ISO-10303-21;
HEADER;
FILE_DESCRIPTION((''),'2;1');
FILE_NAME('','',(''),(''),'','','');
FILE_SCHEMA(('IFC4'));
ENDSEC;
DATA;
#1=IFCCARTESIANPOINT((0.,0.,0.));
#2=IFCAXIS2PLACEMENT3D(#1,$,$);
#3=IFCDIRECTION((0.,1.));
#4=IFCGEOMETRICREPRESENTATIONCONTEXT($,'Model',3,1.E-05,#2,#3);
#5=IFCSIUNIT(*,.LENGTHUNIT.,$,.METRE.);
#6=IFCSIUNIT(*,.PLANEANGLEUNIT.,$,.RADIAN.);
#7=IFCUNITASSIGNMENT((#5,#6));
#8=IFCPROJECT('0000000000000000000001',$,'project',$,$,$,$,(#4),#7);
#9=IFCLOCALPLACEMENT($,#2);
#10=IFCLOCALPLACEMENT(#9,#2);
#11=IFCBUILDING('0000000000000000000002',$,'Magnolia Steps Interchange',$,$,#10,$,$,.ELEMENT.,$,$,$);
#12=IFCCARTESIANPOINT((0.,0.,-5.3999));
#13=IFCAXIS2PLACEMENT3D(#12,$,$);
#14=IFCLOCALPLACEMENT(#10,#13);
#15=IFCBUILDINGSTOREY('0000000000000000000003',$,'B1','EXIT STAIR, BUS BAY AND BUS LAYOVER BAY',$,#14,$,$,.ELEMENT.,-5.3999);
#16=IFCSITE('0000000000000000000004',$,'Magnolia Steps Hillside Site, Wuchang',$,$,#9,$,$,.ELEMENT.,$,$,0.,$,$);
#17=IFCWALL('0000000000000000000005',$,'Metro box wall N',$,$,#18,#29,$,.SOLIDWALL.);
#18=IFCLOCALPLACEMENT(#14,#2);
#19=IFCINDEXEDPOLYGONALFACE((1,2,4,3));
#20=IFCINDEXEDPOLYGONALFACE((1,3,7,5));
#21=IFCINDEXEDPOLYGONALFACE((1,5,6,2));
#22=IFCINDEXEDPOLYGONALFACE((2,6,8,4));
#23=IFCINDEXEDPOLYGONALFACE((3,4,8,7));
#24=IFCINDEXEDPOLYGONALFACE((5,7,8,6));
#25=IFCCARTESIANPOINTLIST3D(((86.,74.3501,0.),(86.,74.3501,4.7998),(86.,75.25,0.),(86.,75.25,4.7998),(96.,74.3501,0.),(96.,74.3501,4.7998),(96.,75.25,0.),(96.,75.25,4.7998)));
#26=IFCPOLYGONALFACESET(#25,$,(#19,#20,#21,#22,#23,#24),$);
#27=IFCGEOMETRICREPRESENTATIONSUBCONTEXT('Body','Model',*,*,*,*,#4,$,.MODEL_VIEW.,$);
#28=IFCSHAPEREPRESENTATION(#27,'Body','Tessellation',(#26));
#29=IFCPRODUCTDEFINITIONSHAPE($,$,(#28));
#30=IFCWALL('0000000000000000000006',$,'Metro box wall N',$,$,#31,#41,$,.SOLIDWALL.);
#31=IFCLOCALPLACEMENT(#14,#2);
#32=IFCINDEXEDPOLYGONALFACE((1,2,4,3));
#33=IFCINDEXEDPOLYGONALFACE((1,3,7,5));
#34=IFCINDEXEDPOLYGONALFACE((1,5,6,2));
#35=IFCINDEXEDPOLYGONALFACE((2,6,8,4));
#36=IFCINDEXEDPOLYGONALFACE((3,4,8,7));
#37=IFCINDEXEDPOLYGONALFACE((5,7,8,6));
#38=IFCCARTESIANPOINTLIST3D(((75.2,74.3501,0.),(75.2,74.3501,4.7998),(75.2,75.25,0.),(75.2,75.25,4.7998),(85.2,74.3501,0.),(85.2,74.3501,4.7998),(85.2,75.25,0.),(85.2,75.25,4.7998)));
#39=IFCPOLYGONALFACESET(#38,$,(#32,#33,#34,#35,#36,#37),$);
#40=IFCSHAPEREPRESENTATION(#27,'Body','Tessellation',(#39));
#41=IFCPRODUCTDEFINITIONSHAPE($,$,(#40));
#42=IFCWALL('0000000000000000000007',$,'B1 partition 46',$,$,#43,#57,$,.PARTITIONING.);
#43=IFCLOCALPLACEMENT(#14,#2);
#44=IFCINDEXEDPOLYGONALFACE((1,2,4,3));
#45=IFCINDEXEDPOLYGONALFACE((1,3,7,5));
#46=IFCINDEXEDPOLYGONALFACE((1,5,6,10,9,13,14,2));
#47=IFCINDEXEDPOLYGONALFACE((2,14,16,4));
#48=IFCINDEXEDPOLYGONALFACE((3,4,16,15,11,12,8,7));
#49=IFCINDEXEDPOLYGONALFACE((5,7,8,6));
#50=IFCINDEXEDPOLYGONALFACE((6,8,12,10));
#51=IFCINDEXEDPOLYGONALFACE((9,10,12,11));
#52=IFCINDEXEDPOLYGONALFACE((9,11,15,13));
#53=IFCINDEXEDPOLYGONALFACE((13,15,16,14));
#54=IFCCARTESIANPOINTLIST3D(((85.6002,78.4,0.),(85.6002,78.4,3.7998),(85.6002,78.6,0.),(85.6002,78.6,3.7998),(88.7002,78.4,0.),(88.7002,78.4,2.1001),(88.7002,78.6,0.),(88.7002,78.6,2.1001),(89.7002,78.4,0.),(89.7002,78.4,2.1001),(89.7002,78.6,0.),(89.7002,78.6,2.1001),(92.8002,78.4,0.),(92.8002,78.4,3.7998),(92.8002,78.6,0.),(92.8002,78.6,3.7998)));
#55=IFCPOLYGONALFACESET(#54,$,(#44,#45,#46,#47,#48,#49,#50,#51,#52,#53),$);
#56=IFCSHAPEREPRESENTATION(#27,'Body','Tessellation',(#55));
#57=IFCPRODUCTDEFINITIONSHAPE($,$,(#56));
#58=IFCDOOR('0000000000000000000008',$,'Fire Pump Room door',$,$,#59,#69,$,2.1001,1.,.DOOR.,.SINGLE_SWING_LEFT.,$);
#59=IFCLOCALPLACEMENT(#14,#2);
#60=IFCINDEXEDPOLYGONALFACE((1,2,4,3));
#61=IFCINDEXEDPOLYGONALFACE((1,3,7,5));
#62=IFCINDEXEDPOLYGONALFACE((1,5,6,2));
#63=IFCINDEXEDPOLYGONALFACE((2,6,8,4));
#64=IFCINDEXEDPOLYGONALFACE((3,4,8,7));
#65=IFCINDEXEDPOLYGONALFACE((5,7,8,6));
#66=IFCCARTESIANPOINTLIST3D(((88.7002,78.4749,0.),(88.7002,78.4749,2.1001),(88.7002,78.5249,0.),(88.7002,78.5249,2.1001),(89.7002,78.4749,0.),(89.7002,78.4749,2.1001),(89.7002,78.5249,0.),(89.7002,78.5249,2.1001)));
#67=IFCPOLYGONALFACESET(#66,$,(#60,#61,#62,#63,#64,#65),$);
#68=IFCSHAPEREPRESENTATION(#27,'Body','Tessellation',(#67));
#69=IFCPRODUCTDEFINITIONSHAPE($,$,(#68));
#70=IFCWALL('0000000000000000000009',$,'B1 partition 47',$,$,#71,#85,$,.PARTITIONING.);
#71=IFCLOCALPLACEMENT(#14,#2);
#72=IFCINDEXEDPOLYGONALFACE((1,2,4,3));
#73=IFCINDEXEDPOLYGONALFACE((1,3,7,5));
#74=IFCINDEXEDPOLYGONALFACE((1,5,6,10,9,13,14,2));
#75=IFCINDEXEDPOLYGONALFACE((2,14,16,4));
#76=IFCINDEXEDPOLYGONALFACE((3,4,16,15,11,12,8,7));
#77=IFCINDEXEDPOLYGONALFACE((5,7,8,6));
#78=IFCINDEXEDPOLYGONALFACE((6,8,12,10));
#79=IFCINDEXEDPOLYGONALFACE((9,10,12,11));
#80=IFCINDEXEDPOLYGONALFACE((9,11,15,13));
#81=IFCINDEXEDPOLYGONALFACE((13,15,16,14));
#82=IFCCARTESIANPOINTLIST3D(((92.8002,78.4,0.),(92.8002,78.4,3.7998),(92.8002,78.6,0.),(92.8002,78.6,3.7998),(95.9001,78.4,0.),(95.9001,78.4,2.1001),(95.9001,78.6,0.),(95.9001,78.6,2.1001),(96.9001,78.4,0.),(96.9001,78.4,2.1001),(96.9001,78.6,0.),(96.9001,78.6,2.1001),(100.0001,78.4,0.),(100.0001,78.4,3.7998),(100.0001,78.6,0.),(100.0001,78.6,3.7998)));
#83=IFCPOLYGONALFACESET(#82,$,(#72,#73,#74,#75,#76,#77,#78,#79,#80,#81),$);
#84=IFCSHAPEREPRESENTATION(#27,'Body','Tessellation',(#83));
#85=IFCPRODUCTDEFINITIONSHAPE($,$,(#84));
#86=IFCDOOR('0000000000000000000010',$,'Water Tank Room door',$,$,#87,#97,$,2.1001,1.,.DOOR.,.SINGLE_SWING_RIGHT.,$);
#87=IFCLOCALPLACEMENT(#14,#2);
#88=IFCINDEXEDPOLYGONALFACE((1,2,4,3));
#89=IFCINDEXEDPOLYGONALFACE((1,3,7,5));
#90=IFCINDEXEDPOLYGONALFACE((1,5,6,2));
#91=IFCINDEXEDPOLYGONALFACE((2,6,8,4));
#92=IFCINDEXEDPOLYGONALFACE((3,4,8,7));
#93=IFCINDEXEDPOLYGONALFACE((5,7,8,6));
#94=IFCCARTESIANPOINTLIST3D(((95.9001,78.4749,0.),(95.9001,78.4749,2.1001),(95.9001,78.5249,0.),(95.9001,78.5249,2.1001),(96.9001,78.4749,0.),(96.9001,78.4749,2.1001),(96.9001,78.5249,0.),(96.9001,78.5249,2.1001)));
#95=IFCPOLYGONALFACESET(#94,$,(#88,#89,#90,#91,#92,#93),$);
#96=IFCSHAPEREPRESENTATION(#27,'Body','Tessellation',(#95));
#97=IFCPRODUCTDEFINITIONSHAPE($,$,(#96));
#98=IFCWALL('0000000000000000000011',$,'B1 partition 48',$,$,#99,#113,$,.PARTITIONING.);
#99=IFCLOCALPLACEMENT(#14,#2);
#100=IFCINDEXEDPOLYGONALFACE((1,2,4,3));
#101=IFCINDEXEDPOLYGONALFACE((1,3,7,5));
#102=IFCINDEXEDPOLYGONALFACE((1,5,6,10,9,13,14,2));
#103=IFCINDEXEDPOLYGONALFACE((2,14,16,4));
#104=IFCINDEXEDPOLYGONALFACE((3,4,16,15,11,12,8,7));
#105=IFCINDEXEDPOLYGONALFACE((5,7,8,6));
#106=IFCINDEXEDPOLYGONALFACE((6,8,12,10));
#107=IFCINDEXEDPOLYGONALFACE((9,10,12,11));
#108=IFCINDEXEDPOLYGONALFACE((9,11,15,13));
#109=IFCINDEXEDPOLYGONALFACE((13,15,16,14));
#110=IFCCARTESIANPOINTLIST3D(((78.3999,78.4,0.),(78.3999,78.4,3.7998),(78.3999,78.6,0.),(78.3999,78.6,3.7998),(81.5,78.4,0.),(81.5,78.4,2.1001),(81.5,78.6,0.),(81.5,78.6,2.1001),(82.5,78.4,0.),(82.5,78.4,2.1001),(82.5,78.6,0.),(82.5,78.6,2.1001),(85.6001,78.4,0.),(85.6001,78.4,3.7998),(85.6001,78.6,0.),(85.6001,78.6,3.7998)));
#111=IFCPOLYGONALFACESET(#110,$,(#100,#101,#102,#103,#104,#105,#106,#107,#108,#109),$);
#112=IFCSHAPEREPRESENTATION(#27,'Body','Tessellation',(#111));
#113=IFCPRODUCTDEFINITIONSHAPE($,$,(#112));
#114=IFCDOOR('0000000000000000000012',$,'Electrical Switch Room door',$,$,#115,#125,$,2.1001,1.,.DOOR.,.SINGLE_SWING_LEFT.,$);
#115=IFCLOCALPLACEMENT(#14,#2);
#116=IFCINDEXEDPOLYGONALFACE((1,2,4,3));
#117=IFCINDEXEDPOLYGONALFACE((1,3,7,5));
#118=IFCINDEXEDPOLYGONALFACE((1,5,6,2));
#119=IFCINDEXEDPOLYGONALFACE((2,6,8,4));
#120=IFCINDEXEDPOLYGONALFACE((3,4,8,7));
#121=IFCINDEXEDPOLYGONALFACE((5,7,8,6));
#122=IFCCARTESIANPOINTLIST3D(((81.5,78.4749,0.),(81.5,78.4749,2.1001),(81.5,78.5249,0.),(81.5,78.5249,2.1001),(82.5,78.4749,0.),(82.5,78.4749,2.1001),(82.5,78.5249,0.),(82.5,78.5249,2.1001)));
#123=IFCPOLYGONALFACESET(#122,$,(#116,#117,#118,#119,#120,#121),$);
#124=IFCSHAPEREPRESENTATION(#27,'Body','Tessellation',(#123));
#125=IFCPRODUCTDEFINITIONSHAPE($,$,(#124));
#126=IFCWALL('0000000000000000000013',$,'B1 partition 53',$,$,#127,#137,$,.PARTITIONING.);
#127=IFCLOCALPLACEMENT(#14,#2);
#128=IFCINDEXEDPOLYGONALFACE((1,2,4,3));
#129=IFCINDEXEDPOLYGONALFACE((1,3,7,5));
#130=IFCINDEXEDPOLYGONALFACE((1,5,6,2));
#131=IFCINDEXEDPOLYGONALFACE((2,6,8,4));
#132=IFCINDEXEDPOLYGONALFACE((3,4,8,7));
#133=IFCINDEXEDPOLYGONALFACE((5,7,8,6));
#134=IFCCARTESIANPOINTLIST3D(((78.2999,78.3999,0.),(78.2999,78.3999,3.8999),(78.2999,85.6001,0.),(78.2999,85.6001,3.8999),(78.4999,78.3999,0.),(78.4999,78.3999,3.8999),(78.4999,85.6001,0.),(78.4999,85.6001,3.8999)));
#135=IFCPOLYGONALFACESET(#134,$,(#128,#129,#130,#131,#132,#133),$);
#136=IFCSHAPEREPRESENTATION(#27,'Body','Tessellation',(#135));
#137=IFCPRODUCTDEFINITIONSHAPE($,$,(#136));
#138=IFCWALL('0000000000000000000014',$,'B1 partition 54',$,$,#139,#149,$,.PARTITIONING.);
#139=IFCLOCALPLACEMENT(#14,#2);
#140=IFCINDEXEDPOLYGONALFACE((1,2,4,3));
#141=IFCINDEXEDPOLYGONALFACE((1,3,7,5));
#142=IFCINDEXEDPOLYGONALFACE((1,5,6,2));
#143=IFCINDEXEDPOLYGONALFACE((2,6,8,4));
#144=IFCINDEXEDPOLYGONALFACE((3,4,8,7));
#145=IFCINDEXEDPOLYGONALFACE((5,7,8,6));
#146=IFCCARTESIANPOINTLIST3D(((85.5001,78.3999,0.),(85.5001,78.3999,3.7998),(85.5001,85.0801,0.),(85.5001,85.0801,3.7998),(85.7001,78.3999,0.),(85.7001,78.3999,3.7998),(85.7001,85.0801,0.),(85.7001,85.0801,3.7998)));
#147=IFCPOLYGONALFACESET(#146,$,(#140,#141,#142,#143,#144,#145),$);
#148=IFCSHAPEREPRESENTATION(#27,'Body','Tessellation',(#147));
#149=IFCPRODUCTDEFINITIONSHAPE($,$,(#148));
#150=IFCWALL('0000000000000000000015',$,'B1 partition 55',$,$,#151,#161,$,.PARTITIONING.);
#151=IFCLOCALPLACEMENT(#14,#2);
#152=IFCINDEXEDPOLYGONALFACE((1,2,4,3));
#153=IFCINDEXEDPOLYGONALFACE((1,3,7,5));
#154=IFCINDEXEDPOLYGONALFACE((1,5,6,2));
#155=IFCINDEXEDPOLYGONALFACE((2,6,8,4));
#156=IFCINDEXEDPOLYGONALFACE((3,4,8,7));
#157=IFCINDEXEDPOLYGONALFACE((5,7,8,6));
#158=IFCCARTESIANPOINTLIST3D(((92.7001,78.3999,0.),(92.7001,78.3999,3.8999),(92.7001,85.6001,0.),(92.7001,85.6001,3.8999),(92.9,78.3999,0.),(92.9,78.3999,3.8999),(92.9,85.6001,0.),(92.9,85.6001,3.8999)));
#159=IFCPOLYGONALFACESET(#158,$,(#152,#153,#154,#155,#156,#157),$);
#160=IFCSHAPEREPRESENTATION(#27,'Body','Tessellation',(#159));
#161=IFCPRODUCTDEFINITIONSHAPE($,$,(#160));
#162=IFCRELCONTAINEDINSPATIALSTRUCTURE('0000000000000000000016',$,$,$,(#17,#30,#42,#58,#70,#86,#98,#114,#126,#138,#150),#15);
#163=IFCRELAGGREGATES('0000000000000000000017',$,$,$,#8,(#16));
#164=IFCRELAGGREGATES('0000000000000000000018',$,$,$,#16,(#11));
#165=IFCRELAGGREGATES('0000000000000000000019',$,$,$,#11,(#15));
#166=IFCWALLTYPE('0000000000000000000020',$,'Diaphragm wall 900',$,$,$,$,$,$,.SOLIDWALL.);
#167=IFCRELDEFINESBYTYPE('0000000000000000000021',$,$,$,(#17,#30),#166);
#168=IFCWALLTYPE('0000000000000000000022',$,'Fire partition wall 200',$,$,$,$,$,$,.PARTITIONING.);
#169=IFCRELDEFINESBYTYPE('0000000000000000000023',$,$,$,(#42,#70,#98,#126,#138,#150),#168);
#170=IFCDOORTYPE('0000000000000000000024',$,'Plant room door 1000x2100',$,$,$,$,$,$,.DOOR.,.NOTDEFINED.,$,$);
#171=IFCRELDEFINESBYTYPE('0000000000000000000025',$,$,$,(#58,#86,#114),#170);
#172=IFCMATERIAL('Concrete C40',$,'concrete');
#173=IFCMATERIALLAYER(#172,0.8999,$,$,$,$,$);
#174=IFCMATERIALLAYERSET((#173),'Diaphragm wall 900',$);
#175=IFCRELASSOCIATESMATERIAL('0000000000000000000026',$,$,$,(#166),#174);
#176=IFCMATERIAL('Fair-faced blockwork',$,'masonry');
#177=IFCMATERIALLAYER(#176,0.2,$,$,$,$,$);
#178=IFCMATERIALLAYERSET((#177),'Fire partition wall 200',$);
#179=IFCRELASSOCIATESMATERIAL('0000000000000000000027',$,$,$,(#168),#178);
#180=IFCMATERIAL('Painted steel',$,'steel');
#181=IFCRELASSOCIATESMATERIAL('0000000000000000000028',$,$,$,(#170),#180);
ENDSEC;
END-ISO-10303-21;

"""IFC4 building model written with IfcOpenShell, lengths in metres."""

from ifc_helpers import new_model, si_unit, direction, frame, frame_2d, origin, place, context, subcontext, project, spatial, rectangle, extrude, material, layer, layer_set, type_object, element, fill, save


model = new_model("IFC4")

# Units and contexts
model_context = context("Model", 3, precision=1e-05, world=origin(), true_north=direction((0.0, 1.0)))
body_context = subcontext(model_context, "Body", "Model", "MODEL_VIEW")
ifc_project = project(units=[si_unit("LENGTHUNIT", "METRE"), si_unit("PLANEANGLEUNIT", "RADIAN")], contexts=[model_context])

# Site, building, storey
site_placement = place(None, origin())
site = spatial("IfcSite", under=ifc_project, at=site_placement, Name="Magnolia Steps Hillside Site, Wuchang", CompositionType="ELEMENT", RefElevation=0.0)
building_placement = place(site_placement, origin())
building = spatial("IfcBuilding", under=site, at=building_placement, Name="Magnolia Steps Interchange", CompositionType="ELEMENT")
storey_placement = place(building_placement, frame((0.0, 0.0, -5.3999)))
storey = spatial("IfcBuildingStorey", under=building, at=storey_placement, Name="B1", Description="EXIT STAIR, BUS BAY AND BUS LAYOVER BAY", CompositionType="ELEMENT", Elevation=-5.3999)

# Walls
ifc_material_1 = material(Name="Concrete C40", Category="concrete")
ifc_layer_1 = layer(ifc_material_1, 0.8999)
ifc_layer_set_1 = layer_set([ifc_layer_1], Name="Diaphragm wall 900")
wall_type_1 = type_object("IfcWallType", Name="Diaphragm wall 900", PredefinedType="SOLIDWALL", material=ifc_layer_set_1)
for number, where, z_axis, x_axis, name in (
    (1, (96.0, 74.8, 0.0), (0.0, 0.0, 1.0), (-1.0, 0.0, 0.0), "Metro box wall N"),
    (2, (85.2, 74.8, 0.0), (0.0, 0.0, 1.0), (-1.0, 0.0, 0.0), "Metro box wall N"),
):
    element("IfcWall", number, at=place(storey_placement, frame(where, z_axis=z_axis, x_axis=x_axis)), inside=storey, type_object=wall_type_1, Name=name, PredefinedType="SOLIDWALL", context=body_context, shape_type="SweptSolid", body=[
        extrude(rectangle(XDim=10.0, YDim=0.8999, at=frame_2d((5.0, 0.0))), origin(), (0.0, 0.0, 1.0), 4.7998),
    ])

# Walls, openings, doors
ifc_material_2 = material(Name="Fair-faced blockwork", Category="masonry")
ifc_layer_2 = layer(ifc_material_2, 0.2)
ifc_layer_set_2 = layer_set([ifc_layer_2], Name="Fire partition wall 200")
wall_type_2 = type_object("IfcWallType", Name="Fire partition wall 200", PredefinedType="PARTITIONING", material=ifc_layer_set_2)
wall_1_placement = place(storey_placement, frame((85.6001, 78.5, 0.0), z_axis=(0.0, 0.0, 1.0), x_axis=(1.0, 0.0, 0.0)))
wall_1 = element("IfcWall", 3, at=wall_1_placement, inside=storey, type_object=wall_type_2, Name="B1 partition 46", PredefinedType="PARTITIONING", context=body_context, shape_type="SweptSolid", body=[
    extrude(rectangle(XDim=7.2, YDim=0.2, at=frame_2d((3.6001, 0.0))), origin(), (0.0, 0.0, 1.0), 3.7998),
])
opening_1_placement = place(wall_1_placement, frame((3.1001, 0.0, 0.0)))
opening_1 = element("IfcOpeningElement", 4, at=opening_1_placement, cuts=wall_1, PredefinedType="OPENING", context=body_context, shape_type="SweptSolid", body=[
    extrude(rectangle(XDim=1.0, YDim=2.1001, at=frame_2d((0.5, 1.05))), frame((0.0, 0.1099, 0.0), z_axis=(0.0, -1.0, 0.0), x_axis=(1.0, 0.0, 0.0)), (0.0, 0.0, 1.0), 0.22),
])
ifc_material_3 = material(Name="Painted steel", Category="steel")
door_type = type_object("IfcDoorType", Name="Plant room door 1000x2100", OperationType="NOTDEFINED", PredefinedType="DOOR", material=ifc_material_3)
door_1_placement = place(opening_1_placement, origin())
door_1 = element("IfcDoor", 5, at=door_1_placement, inside=storey, type_object=door_type, Name="Fire Pump Room door", OperationType="SINGLE_SWING_LEFT", OverallHeight=2.1001, OverallWidth=1.0, PredefinedType="DOOR", context=body_context, shape_type="SweptSolid", body=[
    extrude(rectangle(XDim=1.0, YDim=2.1001, at=frame_2d((0.5, 1.05))), frame((0.0, 0.0249, 0.0), z_axis=(0.0, -1.0, 0.0), x_axis=(1.0, 0.0, 0.0)), (0.0, 0.0, 1.0), 0.05),
])
fill(opening_1, door_1)
wall_2_placement = place(storey_placement, frame((92.8, 78.5, 0.0), z_axis=(0.0, 0.0, 1.0), x_axis=(1.0, 0.0, 0.0)))
wall_2 = element("IfcWall", 6, at=wall_2_placement, inside=storey, type_object=wall_type_2, Name="B1 partition 47", PredefinedType="PARTITIONING", context=body_context, shape_type="SweptSolid", body=[
    extrude(rectangle(XDim=7.2, YDim=0.2, at=frame_2d((3.6001, 0.0))), origin(), (0.0, 0.0, 1.0), 3.7998),
])
opening_2_placement = place(wall_2_placement, frame((3.1001, 0.0, 0.0)))
opening_2 = element("IfcOpeningElement", 7, at=opening_2_placement, cuts=wall_2, PredefinedType="OPENING", context=body_context, shape_type="SweptSolid", body=[
    extrude(rectangle(XDim=1.0, YDim=2.1001, at=frame_2d((0.5, 1.05))), frame((0.0, 0.1099, 0.0), z_axis=(0.0, -1.0, 0.0), x_axis=(1.0, 0.0, 0.0)), (0.0, 0.0, 1.0), 0.22),
])
door_2_placement = place(opening_2_placement, origin())
door_2 = element("IfcDoor", 8, at=door_2_placement, inside=storey, type_object=door_type, Name="Water Tank Room door", OperationType="SINGLE_SWING_RIGHT", OverallHeight=2.1001, OverallWidth=1.0, PredefinedType="DOOR", context=body_context, shape_type="SweptSolid", body=[
    extrude(rectangle(XDim=1.0, YDim=2.1001, at=frame_2d((0.5, 1.05))), frame((0.0, 0.0249, 0.0), z_axis=(0.0, -1.0, 0.0), x_axis=(1.0, 0.0, 0.0)), (0.0, 0.0, 1.0), 0.05),
])
fill(opening_2, door_2)
wall_3_placement = place(storey_placement, frame((78.3999, 78.5, 0.0), z_axis=(0.0, 0.0, 1.0), x_axis=(1.0, 0.0, 0.0)))
wall_3 = element("IfcWall", 9, at=wall_3_placement, inside=storey, type_object=wall_type_2, Name="B1 partition 48", PredefinedType="PARTITIONING", context=body_context, shape_type="SweptSolid", body=[
    extrude(rectangle(XDim=7.2002, YDim=0.2, at=frame_2d((3.6001, 0.0))), origin(), (0.0, 0.0, 1.0), 3.7998),
])
opening_3_placement = place(wall_3_placement, frame((3.1001, 0.0, 0.0)))
opening_3 = element("IfcOpeningElement", 10, at=opening_3_placement, cuts=wall_3, PredefinedType="OPENING", context=body_context, shape_type="SweptSolid", body=[
    extrude(rectangle(XDim=1.0, YDim=2.1001, at=frame_2d((0.5, 1.05))), frame((0.0, 0.1099, 0.0), z_axis=(0.0, -1.0, 0.0), x_axis=(1.0, 0.0, 0.0)), (0.0, 0.0, 1.0), 0.22),
])
door_3_placement = place(opening_3_placement, origin())
door_3 = element("IfcDoor", 11, at=door_3_placement, inside=storey, type_object=door_type, Name="Electrical Switch Room door", OperationType="SINGLE_SWING_LEFT", OverallHeight=2.1001, OverallWidth=1.0, PredefinedType="DOOR", context=body_context, shape_type="SweptSolid", body=[
    extrude(rectangle(XDim=1.0, YDim=2.1001, at=frame_2d((0.5, 1.05))), frame((0.0, 0.0249, 0.0), z_axis=(0.0, -1.0, 0.0), x_axis=(1.0, 0.0, 0.0)), (0.0, 0.0, 1.0), 0.05),
])
fill(opening_3, door_3)

# Walls
wall_4_placement = place(storey_placement, frame((78.3999, 78.3999, 0.0), z_axis=(0.0, 0.0, 1.0), x_axis=(0.0, 1.0, 0.0)))
element("IfcWall", 12, at=wall_4_placement, inside=storey, type_object=wall_type_2, Name="B1 partition 53", PredefinedType="PARTITIONING", context=body_context, shape_type="SweptSolid", body=[
    extrude(rectangle(XDim=7.2002, YDim=0.2, at=frame_2d((3.6001, 0.0))), origin(), (0.0, 0.0, 1.0), 3.8999),
])
wall_5_placement = place(storey_placement, frame((85.6001, 78.3999, 0.0), z_axis=(0.0, 0.0, 1.0), x_axis=(0.0, 1.0, 0.0)))
element("IfcWall", 13, at=wall_5_placement, inside=storey, type_object=wall_type_2, Name="B1 partition 54", PredefinedType="PARTITIONING", context=body_context, shape_type="SweptSolid", body=[
    extrude(rectangle(XDim=6.6802, YDim=0.2, at=frame_2d((3.3401, 0.0))), origin(), (0.0, 0.0, 1.0), 3.7998),
])
wall_6_placement = place(storey_placement, frame((92.8, 78.3999, 0.0), z_axis=(0.0, 0.0, 1.0), x_axis=(0.0, 1.0, 0.0)))
element("IfcWall", 14, at=wall_6_placement, inside=storey, type_object=wall_type_2, Name="B1 partition 55", PredefinedType="PARTITIONING", context=body_context, shape_type="SweptSolid", body=[
    extrude(rectangle(XDim=7.2002, YDim=0.2, at=frame_2d((3.6001, 0.0))), origin(), (0.0, 0.0, 1.0), 3.8999),
])

save(model, "model.ifc")
